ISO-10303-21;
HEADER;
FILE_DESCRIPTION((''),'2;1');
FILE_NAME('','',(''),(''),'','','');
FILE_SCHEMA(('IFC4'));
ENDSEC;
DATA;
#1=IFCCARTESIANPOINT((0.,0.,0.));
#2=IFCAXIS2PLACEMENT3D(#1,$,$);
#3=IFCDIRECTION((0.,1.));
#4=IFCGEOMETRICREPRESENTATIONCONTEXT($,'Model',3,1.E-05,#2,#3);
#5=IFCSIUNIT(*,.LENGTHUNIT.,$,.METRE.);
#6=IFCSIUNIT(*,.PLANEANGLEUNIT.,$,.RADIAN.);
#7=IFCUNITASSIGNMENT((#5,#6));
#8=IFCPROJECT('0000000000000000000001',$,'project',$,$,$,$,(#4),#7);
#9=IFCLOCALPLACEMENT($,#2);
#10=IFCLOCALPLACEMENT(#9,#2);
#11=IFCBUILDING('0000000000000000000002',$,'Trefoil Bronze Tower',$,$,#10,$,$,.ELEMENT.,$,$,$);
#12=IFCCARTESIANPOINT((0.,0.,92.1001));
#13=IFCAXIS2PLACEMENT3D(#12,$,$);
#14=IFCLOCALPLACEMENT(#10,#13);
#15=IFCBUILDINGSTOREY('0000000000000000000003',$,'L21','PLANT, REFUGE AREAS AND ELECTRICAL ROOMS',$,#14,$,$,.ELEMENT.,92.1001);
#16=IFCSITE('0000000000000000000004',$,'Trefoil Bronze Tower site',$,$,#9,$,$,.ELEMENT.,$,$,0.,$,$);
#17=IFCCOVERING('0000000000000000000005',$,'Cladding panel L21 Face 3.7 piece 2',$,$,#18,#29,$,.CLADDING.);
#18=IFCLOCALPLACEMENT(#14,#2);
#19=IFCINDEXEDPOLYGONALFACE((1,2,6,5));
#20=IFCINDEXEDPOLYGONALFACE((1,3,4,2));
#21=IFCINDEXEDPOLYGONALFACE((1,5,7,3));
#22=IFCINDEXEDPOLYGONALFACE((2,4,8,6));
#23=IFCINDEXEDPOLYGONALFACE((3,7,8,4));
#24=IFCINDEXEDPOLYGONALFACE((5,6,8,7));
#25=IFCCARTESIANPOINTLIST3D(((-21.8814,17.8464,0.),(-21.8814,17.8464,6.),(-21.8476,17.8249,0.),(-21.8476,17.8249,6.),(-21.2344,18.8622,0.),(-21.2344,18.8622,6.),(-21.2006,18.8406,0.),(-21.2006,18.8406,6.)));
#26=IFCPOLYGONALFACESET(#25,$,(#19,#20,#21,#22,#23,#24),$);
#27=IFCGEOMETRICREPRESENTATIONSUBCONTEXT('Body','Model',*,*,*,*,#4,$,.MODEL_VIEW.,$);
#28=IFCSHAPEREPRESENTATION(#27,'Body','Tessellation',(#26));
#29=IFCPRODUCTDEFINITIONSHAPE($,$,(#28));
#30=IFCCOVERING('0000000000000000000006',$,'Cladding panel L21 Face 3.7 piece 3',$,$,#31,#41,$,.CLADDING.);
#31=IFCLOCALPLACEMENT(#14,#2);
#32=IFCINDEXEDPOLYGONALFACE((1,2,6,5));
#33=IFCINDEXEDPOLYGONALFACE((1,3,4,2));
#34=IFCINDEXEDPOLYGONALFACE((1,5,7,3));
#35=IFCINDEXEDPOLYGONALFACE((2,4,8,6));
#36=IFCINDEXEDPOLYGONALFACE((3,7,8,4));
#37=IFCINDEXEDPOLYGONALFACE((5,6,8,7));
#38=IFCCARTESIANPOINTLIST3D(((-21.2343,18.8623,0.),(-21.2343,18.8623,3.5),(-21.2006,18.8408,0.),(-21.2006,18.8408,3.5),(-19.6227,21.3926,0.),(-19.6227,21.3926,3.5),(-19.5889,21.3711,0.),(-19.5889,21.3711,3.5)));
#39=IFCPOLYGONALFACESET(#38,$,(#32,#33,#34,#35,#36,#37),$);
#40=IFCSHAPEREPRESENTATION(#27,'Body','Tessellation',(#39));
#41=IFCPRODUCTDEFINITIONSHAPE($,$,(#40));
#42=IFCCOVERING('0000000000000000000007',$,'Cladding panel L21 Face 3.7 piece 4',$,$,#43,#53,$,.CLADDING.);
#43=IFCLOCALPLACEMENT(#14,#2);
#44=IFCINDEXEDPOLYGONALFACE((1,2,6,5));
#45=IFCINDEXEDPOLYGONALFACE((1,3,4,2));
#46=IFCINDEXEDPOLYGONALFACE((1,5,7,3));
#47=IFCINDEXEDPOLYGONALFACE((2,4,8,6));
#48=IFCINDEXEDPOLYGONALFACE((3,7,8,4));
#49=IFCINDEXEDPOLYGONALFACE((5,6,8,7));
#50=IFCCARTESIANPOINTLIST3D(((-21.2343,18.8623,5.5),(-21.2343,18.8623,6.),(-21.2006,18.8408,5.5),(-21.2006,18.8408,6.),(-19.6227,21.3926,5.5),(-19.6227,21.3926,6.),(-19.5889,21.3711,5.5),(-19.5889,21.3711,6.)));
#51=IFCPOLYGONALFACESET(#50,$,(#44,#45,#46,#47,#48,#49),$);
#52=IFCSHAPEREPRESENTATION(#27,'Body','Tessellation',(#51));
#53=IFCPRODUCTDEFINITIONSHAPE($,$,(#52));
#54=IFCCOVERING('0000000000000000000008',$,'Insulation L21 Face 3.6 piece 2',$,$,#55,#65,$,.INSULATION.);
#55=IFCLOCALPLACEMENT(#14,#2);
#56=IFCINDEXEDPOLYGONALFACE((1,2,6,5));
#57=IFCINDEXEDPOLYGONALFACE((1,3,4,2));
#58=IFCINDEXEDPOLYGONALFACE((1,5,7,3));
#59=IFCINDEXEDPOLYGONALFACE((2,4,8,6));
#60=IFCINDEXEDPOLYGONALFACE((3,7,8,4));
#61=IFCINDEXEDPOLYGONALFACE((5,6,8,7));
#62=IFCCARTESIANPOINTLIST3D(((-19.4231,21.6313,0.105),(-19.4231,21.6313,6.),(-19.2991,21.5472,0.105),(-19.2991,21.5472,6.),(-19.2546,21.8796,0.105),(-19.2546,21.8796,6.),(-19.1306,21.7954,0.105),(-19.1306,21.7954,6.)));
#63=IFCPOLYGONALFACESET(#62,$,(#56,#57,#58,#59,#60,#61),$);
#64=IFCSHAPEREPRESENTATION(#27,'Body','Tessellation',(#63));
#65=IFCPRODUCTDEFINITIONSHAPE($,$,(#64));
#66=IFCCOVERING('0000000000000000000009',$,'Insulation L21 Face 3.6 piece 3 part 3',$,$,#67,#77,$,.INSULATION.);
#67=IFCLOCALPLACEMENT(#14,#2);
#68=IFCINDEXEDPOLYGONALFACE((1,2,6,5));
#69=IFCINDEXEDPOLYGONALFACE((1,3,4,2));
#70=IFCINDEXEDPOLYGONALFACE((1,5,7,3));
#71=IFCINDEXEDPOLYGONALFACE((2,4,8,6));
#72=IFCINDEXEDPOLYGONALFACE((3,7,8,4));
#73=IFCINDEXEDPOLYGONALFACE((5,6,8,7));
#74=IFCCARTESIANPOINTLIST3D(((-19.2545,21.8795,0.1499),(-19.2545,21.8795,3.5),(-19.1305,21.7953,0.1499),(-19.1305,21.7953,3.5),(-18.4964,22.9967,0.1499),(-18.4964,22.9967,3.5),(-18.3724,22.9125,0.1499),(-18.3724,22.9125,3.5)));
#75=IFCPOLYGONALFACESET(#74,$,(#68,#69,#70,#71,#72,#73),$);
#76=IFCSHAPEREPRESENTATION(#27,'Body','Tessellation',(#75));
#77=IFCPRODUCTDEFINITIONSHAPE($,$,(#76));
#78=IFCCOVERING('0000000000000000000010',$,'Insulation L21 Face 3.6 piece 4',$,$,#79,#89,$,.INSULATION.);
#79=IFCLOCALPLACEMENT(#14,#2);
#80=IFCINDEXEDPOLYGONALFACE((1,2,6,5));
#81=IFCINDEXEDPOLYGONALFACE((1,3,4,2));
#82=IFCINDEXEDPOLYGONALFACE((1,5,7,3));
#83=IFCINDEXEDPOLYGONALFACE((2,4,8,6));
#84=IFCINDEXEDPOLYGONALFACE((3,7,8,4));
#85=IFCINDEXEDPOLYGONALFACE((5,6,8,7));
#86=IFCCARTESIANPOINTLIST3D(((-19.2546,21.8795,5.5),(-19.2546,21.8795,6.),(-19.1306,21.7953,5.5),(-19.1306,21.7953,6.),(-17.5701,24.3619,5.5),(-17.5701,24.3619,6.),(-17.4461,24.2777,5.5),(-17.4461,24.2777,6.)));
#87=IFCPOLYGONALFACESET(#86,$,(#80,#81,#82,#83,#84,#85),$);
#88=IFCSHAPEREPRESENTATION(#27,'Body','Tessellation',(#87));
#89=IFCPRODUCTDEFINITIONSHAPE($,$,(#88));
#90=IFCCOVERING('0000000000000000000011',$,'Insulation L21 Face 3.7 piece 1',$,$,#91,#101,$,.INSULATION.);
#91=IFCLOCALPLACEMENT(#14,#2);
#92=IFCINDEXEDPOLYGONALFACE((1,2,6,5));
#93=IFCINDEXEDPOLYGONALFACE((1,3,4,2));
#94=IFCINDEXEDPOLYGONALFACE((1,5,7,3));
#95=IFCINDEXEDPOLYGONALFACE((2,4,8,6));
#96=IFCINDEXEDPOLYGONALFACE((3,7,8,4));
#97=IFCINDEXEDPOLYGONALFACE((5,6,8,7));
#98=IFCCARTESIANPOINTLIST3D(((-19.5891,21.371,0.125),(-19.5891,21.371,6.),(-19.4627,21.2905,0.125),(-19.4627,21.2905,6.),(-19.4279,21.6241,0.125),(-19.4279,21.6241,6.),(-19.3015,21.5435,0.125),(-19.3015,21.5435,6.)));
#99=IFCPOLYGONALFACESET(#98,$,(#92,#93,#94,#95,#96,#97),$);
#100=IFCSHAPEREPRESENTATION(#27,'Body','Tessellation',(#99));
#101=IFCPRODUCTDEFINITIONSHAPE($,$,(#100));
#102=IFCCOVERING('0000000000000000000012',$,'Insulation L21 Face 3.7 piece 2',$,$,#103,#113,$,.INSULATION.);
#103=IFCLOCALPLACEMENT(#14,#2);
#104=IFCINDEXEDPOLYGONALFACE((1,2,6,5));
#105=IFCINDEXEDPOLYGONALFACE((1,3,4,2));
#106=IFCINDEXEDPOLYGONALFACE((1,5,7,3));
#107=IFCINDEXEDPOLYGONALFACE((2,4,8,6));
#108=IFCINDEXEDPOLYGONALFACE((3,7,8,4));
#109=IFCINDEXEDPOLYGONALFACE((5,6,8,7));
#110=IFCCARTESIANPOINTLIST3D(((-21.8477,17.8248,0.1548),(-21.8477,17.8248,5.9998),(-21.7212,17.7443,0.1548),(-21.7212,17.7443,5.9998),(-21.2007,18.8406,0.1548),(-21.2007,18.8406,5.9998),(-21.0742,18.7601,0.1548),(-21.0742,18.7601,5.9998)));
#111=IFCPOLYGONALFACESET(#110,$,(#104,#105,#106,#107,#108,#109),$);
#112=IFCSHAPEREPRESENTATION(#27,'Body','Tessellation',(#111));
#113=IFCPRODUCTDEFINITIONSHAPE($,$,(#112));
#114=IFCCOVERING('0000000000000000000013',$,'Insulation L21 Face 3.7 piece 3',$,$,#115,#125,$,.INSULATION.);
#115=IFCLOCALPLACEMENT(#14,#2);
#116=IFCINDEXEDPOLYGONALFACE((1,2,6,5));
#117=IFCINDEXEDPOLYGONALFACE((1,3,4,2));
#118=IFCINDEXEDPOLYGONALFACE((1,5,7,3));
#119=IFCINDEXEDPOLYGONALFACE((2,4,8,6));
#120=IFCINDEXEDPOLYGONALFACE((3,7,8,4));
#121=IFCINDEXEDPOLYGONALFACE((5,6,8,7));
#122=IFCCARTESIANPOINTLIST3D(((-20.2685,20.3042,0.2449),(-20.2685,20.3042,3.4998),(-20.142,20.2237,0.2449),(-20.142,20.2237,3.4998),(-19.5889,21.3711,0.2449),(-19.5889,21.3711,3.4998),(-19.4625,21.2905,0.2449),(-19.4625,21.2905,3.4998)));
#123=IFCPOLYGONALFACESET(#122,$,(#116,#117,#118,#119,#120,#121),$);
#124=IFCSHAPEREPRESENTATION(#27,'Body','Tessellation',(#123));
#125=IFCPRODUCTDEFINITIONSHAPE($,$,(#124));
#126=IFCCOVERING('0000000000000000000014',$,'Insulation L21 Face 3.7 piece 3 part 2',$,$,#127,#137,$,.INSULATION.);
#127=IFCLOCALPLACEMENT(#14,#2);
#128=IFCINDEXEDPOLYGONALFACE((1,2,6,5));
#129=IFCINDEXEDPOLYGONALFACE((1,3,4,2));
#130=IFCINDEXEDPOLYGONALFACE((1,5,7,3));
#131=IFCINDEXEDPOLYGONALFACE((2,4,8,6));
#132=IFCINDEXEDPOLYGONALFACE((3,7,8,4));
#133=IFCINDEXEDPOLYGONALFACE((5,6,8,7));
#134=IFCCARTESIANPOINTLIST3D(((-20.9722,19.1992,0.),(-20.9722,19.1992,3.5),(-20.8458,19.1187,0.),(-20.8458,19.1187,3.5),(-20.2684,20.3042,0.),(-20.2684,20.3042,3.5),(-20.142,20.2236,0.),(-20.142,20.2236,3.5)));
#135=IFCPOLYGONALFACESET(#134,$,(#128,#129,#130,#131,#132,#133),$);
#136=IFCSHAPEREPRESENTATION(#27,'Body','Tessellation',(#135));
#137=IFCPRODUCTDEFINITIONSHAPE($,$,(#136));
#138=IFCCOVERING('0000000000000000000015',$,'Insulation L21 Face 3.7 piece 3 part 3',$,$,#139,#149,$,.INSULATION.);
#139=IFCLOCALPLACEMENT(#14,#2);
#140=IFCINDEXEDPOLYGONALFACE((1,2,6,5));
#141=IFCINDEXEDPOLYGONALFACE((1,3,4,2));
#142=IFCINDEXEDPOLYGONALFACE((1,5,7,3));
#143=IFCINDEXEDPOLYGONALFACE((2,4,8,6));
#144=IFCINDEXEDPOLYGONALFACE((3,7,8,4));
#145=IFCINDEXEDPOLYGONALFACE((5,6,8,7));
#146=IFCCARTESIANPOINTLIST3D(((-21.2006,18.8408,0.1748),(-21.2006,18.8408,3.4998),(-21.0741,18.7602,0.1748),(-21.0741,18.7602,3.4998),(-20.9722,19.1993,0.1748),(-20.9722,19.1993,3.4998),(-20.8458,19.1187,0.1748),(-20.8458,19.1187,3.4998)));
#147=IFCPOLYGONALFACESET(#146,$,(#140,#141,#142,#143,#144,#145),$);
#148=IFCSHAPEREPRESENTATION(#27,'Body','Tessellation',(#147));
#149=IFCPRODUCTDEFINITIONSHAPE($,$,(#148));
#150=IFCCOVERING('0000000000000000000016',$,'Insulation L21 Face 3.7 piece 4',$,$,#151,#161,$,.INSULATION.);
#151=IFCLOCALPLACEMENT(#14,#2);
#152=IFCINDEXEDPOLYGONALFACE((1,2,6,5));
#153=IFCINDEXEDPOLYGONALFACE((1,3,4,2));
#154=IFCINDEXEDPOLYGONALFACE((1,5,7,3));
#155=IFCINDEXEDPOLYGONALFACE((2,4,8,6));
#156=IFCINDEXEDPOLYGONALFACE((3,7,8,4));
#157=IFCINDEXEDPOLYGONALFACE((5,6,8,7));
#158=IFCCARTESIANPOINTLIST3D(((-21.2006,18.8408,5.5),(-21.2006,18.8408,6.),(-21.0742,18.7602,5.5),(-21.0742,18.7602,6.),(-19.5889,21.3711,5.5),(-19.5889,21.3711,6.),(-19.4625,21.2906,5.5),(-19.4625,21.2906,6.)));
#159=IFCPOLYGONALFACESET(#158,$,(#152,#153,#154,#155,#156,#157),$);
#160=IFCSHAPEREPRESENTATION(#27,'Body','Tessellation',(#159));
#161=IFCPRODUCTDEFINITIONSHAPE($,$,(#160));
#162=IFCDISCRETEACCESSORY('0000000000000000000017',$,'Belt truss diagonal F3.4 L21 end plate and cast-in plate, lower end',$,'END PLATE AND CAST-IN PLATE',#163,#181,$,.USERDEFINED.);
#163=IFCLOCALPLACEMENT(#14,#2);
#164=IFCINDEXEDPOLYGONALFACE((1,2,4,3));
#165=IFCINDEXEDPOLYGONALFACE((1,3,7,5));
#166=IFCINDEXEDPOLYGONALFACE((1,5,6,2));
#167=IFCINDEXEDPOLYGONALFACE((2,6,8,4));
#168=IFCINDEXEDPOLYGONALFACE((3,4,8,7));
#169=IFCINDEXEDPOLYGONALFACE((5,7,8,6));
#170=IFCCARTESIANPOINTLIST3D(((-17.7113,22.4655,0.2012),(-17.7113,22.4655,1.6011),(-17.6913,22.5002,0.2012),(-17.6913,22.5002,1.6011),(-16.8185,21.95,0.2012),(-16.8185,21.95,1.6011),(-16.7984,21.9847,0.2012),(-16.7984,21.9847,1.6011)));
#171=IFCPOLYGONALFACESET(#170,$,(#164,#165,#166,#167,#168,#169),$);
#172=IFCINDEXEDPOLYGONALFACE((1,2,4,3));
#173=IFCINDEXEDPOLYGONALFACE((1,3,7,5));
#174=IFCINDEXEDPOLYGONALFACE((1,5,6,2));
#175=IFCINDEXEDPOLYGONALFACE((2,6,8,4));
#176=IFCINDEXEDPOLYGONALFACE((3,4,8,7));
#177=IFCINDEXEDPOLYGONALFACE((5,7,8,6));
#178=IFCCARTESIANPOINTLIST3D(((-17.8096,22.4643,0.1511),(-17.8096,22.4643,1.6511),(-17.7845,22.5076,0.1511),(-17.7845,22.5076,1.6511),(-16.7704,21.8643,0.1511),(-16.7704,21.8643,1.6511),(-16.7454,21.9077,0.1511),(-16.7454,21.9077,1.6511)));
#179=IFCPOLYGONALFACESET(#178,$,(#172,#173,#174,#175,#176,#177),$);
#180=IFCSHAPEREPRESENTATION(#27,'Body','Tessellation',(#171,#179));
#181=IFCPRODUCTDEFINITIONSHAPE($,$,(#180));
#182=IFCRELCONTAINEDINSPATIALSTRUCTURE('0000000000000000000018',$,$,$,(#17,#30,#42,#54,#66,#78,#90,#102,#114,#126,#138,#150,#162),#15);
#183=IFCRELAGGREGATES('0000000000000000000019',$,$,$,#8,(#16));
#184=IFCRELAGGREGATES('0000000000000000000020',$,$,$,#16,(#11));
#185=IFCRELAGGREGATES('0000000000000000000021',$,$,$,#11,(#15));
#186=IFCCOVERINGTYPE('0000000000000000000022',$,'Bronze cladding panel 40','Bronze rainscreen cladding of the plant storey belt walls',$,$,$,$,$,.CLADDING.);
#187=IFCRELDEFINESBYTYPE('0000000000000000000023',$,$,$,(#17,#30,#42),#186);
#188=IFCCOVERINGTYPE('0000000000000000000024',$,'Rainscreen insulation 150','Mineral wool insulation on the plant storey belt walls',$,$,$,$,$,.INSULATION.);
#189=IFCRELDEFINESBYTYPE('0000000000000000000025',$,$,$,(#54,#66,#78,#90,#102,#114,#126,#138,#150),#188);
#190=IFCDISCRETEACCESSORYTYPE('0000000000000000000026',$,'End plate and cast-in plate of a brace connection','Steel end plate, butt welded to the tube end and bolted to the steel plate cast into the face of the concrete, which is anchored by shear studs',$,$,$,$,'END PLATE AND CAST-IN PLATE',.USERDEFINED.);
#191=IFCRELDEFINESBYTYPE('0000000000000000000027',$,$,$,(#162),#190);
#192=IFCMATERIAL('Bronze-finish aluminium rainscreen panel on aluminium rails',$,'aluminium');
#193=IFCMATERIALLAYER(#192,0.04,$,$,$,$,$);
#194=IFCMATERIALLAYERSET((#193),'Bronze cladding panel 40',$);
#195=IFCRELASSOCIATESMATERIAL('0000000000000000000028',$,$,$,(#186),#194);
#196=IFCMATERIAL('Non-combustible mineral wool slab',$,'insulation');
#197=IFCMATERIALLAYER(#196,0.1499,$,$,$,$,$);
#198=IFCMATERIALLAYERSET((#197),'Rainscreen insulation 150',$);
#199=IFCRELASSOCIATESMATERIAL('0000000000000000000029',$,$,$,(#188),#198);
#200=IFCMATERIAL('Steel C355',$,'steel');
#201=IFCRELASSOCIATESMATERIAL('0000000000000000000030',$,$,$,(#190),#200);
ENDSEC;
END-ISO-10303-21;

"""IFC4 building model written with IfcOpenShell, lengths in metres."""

from ifc_helpers import new_model, si_unit, direction, frame, origin, origin_2d, place, context, subcontext, project, spatial, rectangle, extrude, material, layer, layer_set, type_object, element, save


model = new_model("IFC4")

# Units and contexts
model_context = context("Model", 3, precision=1e-05, world=origin(), true_north=direction((0.0, 1.0)))
body_context = subcontext(model_context, "Body", "Model", "MODEL_VIEW")
ifc_project = project(units=[si_unit("LENGTHUNIT", "METRE"), si_unit("PLANEANGLEUNIT", "RADIAN")], contexts=[model_context])

# Site, building, storey
site_placement = place(None, origin())
site = spatial("IfcSite", under=ifc_project, at=site_placement, Name="Trefoil Bronze Tower site", CompositionType="ELEMENT", RefElevation=0.0)
building_placement = place(site_placement, origin())
building = spatial("IfcBuilding", under=site, at=building_placement, Name="Trefoil Bronze Tower", CompositionType="ELEMENT")
storey_placement = place(building_placement, frame((0.0, 0.0, 92.1001)))
storey = spatial("IfcBuildingStorey", under=building, at=storey_placement, Name="L21", Description="PLANT, REFUGE AREAS AND ELECTRICAL ROOMS", CompositionType="ELEMENT", Elevation=92.1001)

# Coverings
ifc_material_1 = material(Name="Bronze-finish aluminium rainscreen panel on aluminium rails", Category="aluminium")
ifc_layer_1 = layer(ifc_material_1, 0.04)
ifc_layer_set_1 = layer_set([ifc_layer_1], Name="Bronze cladding panel 40")
covering_type_1 = type_object("IfcCoveringType", Name="Bronze cladding panel 40", Description="Bronze rainscreen cladding of the plant storey belt walls", PredefinedType="CLADDING", material=ifc_layer_set_1)
covering_1_placement = place(storey_placement, frame((-21.541, 18.3435, 0.0), z_axis=(0.0, 0.0, 1.0), x_axis=(-0.537222, -0.843441, 0.0)))
element("IfcCovering", 1, at=covering_1_placement, inside=storey, type_object=covering_type_1, Name="Cladding panel L21 Face 3.7 piece 2", PredefinedType="CLADDING", context=body_context, shape_type="SweptSolid", body=[
    extrude(rectangle(XDim=1.2043, YDim=0.04, at=origin_2d()), origin(), (0.0, 0.0, 1.0), 6.0),
])
covering_2_placement = place(storey_placement, frame((-20.4116, 20.1167, 0.0), z_axis=(0.0, 0.0, 1.0), x_axis=(-0.537222, -0.843441, 0.0)))
element("IfcCovering", 2, at=covering_2_placement, inside=storey, type_object=covering_type_1, Name="Cladding panel L21 Face 3.7 piece 3", PredefinedType="CLADDING", context=body_context, shape_type="SweptSolid", body=[
    extrude(rectangle(XDim=3.0, YDim=0.04, at=origin_2d()), origin(), (0.0, 0.0, 1.0), 3.5),
])
covering_3_placement = place(storey_placement, frame((-20.4116, 20.1167, 5.5), z_axis=(0.0, 0.0, 1.0), x_axis=(-0.537222, -0.843441, 0.0)))
element("IfcCovering", 3, at=covering_3_placement, inside=storey, type_object=covering_type_1, Name="Cladding panel L21 Face 3.7 piece 4", PredefinedType="CLADDING", context=body_context, shape_type="SweptSolid", body=[
    extrude(rectangle(XDim=3.0, YDim=0.04, at=origin_2d()), origin(), (0.0, 0.0, 1.0), 0.5),
])
ifc_material_2 = material(Name="Non-combustible mineral wool slab", Category="insulation")
ifc_layer_2 = layer(ifc_material_2, 0.1499)
ifc_layer_set_2 = layer_set([ifc_layer_2], Name="Rainscreen insulation 150")
covering_type_2 = type_object("IfcCoveringType", Name="Rainscreen insulation 150", Description="Mineral wool insulation on the plant storey belt walls", PredefinedType="INSULATION", material=ifc_layer_set_2)
covering_4_placement = place(storey_placement, frame((-19.2769, 21.7134, 0.105), z_axis=(0.0, 0.0, 1.0), x_axis=(-0.56151, -0.82747, 0.0)))
element("IfcCovering", 4, at=covering_4_placement, inside=storey, type_object=covering_type_2, Name="Insulation L21 Face 3.6 piece 2", PredefinedType="INSULATION", context=body_context, shape_type="SweptSolid", body=[
    extrude(rectangle(XDim=0.3, YDim=0.1499, at=origin_2d()), origin(), (0.0, 0.0, 1.0), 5.895),
])
covering_5_placement = place(storey_placement, frame((-18.8135, 22.396, 0.1499), z_axis=(0.0, 0.0, 1.0), x_axis=(-0.56151, -0.82747, 0.0)))
element("IfcCovering", 5, at=covering_5_placement, inside=storey, type_object=covering_type_2, Name="Insulation L21 Face 3.6 piece 3 part 3", PredefinedType="INSULATION", context=body_context, shape_type="SweptSolid", body=[
    extrude(rectangle(XDim=1.3501, YDim=0.1499, at=origin_2d()), origin(), (0.0, 0.0, 1.0), 3.3501),
])
covering_6_placement = place(storey_placement, frame((-18.3503, 23.0786, 5.5), z_axis=(0.0, 0.0, 1.0), x_axis=(-0.56151, -0.82747, 0.0)))
element("IfcCovering", 6, at=covering_6_placement, inside=storey, type_object=covering_type_2, Name="Insulation L21 Face 3.6 piece 4", PredefinedType="INSULATION", context=body_context, shape_type="SweptSolid", body=[
    extrude(rectangle(XDim=3.0, YDim=0.1499, at=origin_2d()), origin(), (0.0, 0.0, 1.0), 0.5),
])
covering_7_placement = place(storey_placement, frame((-19.4453, 21.4573, 0.125), z_axis=(0.0, 0.0, 1.0), x_axis=(-0.537222, -0.843441, 0.0)))
element("IfcCovering", 7, at=covering_7_placement, inside=storey, type_object=covering_type_2, Name="Insulation L21 Face 3.7 piece 1", PredefinedType="INSULATION", context=body_context, shape_type="SweptSolid", body=[
    extrude(rectangle(XDim=0.3, YDim=0.1499, at=origin_2d()), origin(), (0.0, 0.0, 1.0), 5.875),
])
covering_8_placement = place(storey_placement, frame((-21.4609, 18.2925, 0.1548), z_axis=(0.0, 0.0, 1.0), x_axis=(-0.537222, -0.843441, 0.0)))
element("IfcCovering", 8, at=covering_8_placement, inside=storey, type_object=covering_type_2, Name="Insulation L21 Face 3.7 piece 2", PredefinedType="INSULATION", context=body_context, shape_type="SweptSolid", body=[
    extrude(rectangle(XDim=1.2043, YDim=0.1499, at=origin_2d()), origin(), (0.0, 0.0, 1.0), 5.845),
])
covering_9_placement = place(storey_placement, frame((-19.8655, 20.7974, 0.2449), z_axis=(0.0, 0.0, 1.0), x_axis=(-0.537222, -0.843441, 0.0)))
element("IfcCovering", 9, at=covering_9_placement, inside=storey, type_object=covering_type_2, Name="Insulation L21 Face 3.7 piece 3", PredefinedType="INSULATION", context=body_context, shape_type="SweptSolid", body=[
    extrude(rectangle(XDim=1.2649, YDim=0.1499, at=origin_2d()), origin(), (0.0, 0.0, 1.0), 3.2549),
])
covering_10_placement = place(storey_placement, frame((-20.5571, 19.7114, 0.0), z_axis=(0.0, 0.0, 1.0), x_axis=(-0.537222, -0.843441, 0.0)))
element("IfcCovering", 10, at=covering_10_placement, inside=storey, type_object=covering_type_2, Name="Insulation L21 Face 3.7 piece 3 part 2", PredefinedType="INSULATION", context=body_context, shape_type="SweptSolid", body=[
    extrude(rectangle(XDim=1.3101, YDim=0.1499, at=origin_2d()), origin(), (0.0, 0.0, 1.0), 3.5),
])
covering_11_placement = place(storey_placement, frame((-21.0232, 18.9797, 0.1748), z_axis=(0.0, 0.0, 1.0), x_axis=(-0.537222, -0.843441, 0.0)))
element("IfcCovering", 11, at=covering_11_placement, inside=storey, type_object=covering_type_2, Name="Insulation L21 Face 3.7 piece 3 part 3", PredefinedType="INSULATION", context=body_context, shape_type="SweptSolid", body=[
    extrude(rectangle(XDim=0.425, YDim=0.1499, at=origin_2d()), origin(), (0.0, 0.0, 1.0), 3.325),
])
covering_12_placement = place(storey_placement, frame((-20.3315, 20.0657, 5.5), z_axis=(0.0, 0.0, 1.0), x_axis=(-0.537222, -0.843441, 0.0)))
element("IfcCovering", 12, at=covering_12_placement, inside=storey, type_object=covering_type_2, Name="Insulation L21 Face 3.7 piece 4", PredefinedType="INSULATION", context=body_context, shape_type="SweptSolid", body=[
    extrude(rectangle(XDim=3.0, YDim=0.1499, at=origin_2d()), origin(), (0.0, 0.0, 1.0), 0.5),
])

# Discrete accessory
ifc_material_3 = material(Name="Steel C355", Category="steel")
discrete_accessory_type = type_object("IfcDiscreteAccessoryType", Name="End plate and cast-in plate of a brace connection", Description="Steel end plate, butt welded to the tube end and bolted to the steel plate cast into the face of the concrete, which is anchored by shear studs", ElementType="END PLATE AND CAST-IN PLATE", PredefinedType="USERDEFINED", material=ifc_material_3)
discrete_accessory_1_placement = place(storey_placement, frame((-17.2649, 22.2078, 0.9011), z_axis=(0.0, 0.0, 1.0), x_axis=(0.5, 0.866025, 0.0)))
element("IfcDiscreteAccessory", 13, at=discrete_accessory_1_placement, inside=storey, type_object=discrete_accessory_type, Name="Belt truss diagonal F3.4 L21 end plate and cast-in plate, lower end", ObjectType="END PLATE AND CAST-IN PLATE", PredefinedType="USERDEFINED", context=body_context, shape_type="SweptSolid", body=[
    extrude(rectangle(XDim=0.04, YDim=1.031, at=origin_2d()), frame((0.02, 0.0, -0.7)), (0.0, 0.0, 1.0), 1.3999),
    extrude(rectangle(XDim=0.05, YDim=1.2, at=origin_2d()), frame((-0.0251, 0.0, -0.75)), (0.0, 0.0, 1.0), 1.5),
])

save(model, "model.ifc")
